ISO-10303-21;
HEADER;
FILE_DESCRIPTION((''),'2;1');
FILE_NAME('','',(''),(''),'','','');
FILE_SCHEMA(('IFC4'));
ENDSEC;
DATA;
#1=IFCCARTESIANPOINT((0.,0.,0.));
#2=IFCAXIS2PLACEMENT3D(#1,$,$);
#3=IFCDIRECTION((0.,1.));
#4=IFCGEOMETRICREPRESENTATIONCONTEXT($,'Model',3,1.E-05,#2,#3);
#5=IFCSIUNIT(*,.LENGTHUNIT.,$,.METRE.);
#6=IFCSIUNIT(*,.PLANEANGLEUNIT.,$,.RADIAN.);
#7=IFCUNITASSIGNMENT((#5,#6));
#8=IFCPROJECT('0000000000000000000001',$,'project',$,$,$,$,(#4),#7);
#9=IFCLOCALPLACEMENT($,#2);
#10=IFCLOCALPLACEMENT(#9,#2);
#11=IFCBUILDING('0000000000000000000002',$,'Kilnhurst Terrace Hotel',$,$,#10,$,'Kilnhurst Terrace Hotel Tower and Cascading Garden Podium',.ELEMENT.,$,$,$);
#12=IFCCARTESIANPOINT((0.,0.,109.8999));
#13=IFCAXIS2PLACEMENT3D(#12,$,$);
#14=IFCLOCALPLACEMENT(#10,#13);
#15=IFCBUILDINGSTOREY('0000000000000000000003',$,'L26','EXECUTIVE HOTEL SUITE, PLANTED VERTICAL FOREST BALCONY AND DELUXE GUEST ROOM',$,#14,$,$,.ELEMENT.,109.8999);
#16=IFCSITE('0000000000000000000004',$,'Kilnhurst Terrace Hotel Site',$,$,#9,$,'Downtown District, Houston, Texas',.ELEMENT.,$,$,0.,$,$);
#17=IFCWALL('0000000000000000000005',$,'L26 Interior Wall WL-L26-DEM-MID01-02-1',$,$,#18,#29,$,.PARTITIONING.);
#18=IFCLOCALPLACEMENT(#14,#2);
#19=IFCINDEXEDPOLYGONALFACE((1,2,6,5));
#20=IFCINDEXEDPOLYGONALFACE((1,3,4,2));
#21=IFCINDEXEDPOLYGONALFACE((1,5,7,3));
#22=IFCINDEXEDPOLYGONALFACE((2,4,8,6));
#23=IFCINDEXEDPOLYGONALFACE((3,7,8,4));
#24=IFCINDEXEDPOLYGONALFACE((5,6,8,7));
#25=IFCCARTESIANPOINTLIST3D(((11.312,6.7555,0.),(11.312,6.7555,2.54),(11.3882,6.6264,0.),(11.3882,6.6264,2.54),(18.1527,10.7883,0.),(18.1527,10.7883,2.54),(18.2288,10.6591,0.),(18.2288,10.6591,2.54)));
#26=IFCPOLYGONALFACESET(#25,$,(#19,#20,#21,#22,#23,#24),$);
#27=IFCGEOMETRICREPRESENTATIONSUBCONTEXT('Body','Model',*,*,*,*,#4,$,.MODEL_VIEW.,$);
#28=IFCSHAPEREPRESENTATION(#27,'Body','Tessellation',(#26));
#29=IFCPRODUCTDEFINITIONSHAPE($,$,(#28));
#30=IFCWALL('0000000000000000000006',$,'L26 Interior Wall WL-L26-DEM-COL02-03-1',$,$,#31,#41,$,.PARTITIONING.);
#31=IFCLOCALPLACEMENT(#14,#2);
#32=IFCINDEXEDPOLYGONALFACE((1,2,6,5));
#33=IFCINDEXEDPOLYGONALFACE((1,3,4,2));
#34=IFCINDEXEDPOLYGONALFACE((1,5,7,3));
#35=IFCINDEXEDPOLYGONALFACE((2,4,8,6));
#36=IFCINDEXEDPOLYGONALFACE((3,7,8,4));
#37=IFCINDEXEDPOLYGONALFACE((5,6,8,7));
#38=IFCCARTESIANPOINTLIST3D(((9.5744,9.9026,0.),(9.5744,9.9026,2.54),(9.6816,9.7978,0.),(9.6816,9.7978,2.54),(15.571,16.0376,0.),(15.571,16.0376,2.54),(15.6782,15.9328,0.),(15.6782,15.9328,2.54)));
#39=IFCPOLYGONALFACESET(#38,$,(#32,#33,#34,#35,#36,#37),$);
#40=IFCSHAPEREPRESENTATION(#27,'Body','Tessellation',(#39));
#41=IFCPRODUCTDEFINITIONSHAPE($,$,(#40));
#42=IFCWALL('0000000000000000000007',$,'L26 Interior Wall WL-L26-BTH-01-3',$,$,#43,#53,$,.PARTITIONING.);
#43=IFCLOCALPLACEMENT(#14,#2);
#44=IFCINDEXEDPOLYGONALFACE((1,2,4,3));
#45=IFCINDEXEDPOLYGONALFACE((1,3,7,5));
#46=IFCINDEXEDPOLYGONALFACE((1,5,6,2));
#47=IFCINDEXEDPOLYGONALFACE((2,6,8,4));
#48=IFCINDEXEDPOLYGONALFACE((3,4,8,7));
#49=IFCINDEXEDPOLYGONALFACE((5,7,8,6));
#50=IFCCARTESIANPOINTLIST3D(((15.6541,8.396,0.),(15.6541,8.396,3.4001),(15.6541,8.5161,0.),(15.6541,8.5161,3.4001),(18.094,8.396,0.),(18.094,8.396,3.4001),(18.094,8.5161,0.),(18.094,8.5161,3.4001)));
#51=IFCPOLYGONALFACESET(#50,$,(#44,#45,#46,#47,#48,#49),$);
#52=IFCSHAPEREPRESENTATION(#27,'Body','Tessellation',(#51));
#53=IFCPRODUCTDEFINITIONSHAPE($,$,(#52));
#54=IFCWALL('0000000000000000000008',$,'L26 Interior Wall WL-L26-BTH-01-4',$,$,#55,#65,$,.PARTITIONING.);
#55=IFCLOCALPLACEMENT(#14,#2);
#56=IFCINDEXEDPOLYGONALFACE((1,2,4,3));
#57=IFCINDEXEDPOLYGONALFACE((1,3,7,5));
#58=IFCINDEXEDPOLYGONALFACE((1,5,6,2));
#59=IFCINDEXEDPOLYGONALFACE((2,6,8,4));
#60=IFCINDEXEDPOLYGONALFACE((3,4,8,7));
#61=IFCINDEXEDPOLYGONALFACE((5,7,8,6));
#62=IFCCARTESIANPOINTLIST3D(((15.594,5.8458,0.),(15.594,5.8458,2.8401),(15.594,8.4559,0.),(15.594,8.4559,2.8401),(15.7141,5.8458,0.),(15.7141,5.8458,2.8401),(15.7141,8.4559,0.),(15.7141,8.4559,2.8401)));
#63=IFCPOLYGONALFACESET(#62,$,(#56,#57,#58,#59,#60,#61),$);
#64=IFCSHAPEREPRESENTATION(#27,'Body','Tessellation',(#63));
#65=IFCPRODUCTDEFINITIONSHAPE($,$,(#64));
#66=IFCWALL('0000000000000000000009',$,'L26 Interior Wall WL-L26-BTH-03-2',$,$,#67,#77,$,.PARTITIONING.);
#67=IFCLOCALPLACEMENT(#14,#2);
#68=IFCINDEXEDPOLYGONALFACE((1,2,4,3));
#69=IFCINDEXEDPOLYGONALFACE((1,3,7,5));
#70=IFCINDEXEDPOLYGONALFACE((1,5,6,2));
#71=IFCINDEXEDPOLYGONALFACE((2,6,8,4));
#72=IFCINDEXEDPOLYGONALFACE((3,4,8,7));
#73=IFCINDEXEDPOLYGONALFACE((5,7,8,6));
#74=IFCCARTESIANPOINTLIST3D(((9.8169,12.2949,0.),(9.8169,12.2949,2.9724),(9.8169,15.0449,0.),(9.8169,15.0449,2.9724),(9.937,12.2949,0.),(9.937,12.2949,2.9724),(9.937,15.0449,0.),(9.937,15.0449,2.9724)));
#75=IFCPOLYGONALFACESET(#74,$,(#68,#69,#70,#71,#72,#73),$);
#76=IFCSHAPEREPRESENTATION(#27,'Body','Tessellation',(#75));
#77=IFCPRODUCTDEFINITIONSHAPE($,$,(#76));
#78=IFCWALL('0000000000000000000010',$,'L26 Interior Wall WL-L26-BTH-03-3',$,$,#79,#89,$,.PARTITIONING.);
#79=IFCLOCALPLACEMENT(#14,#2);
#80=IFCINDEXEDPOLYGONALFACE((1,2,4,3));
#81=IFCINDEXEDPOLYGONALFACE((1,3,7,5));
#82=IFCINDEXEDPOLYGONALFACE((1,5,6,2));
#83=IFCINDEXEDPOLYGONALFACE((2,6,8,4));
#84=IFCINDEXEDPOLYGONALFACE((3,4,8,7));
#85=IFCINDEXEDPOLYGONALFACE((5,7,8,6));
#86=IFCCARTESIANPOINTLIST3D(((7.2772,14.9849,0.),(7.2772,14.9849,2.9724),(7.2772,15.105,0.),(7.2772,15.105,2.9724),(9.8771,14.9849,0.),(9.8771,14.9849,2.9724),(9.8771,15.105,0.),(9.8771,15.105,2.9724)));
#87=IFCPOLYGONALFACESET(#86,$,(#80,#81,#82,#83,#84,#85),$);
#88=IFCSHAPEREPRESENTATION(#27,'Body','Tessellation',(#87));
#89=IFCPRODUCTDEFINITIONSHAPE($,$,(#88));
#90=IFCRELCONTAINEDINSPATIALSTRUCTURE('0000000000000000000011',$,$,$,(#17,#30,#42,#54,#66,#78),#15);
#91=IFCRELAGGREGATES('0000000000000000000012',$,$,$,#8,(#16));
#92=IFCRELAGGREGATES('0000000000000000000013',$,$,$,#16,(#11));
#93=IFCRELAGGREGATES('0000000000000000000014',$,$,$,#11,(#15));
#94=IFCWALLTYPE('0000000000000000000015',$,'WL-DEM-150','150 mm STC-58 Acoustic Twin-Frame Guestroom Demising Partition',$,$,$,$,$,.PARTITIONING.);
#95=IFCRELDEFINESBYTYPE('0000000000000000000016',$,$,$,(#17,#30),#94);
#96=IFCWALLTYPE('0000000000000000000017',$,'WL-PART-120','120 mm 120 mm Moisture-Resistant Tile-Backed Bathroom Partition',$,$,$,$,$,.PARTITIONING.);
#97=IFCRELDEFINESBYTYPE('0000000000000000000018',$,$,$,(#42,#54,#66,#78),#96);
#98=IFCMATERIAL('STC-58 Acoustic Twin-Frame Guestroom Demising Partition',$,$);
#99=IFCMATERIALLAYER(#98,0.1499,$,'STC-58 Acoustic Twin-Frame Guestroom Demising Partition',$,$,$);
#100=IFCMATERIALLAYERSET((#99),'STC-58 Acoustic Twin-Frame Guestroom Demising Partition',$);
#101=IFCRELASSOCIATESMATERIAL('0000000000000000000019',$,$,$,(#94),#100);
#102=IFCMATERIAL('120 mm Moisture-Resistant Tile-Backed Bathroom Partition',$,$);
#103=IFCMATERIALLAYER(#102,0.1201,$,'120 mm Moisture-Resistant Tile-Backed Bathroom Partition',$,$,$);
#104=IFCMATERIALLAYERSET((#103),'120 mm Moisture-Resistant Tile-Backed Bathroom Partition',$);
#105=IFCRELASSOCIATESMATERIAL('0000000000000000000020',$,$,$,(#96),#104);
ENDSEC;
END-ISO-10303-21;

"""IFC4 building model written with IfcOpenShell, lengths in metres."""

from ifc_helpers import new_model, si_unit, direction, frame, frame_2d, origin, place, context, subcontext, project, spatial, rectangle, extrude, material, layer, layer_set, type_object, element, save


model = new_model("IFC4")

# Units and contexts
model_context = context("Model", 3, precision=1e-05, world=origin(), true_north=direction((0.0, 1.0)))
body_context = subcontext(model_context, "Body", "Model", "MODEL_VIEW")
ifc_project = project(units=[si_unit("LENGTHUNIT", "METRE"), si_unit("PLANEANGLEUNIT", "RADIAN")], contexts=[model_context])

# Site, building, storey
site_placement = place(None, origin())
site = spatial("IfcSite", under=ifc_project, at=site_placement, Name="Kilnhurst Terrace Hotel Site", LongName="Downtown District, Houston, Texas", CompositionType="ELEMENT", RefElevation=0.0)
building_placement = place(site_placement, origin())
building = spatial("IfcBuilding", under=site, at=building_placement, Name="Kilnhurst Terrace Hotel", LongName="Kilnhurst Terrace Hotel Tower and Cascading Garden Podium", CompositionType="ELEMENT")
storey_placement = place(building_placement, frame((0.0, 0.0, 109.8999)))
storey = spatial("IfcBuildingStorey", under=building, at=storey_placement, Name="L26", Description="EXECUTIVE HOTEL SUITE, PLANTED VERTICAL FOREST BALCONY AND DELUXE GUEST ROOM", CompositionType="ELEMENT", Elevation=109.8999)

# Walls
ifc_material_1 = material(Name="STC-58 Acoustic Twin-Frame Guestroom Demising Partition")
ifc_layer_1 = layer(ifc_material_1, 0.1499, Name="STC-58 Acoustic Twin-Frame Guestroom Demising Partition")
ifc_layer_set_1 = layer_set([ifc_layer_1], Name="STC-58 Acoustic Twin-Frame Guestroom Demising Partition")
wall_type_1 = type_object("IfcWallType", Name="WL-DEM-150", Description="150 mm STC-58 Acoustic Twin-Frame Guestroom Demising Partition", PredefinedType="PARTITIONING", material=ifc_layer_set_1)
wall_1_placement = place(storey_placement, frame((11.3501, 6.6909, 0.0), z_axis=(0.0, 0.0, 1.0), x_axis=(0.861447, 0.507848, 0.0)))
element("IfcWall", 1, at=wall_1_placement, inside=storey, type_object=wall_type_1, Name="L26 Interior Wall WL-L26-DEM-MID01-02-1", PredefinedType="PARTITIONING", context=body_context, shape_type="SweptSolid", body=[
    extrude(rectangle(XDim=7.9409, YDim=0.1499, at=frame_2d((3.9705, 0.0))), origin(), (0.0, 0.0, 1.0), 2.54),
])
wall_2_placement = place(storey_placement, frame((9.6279, 9.8501, 0.0), z_axis=(0.0, 0.0, 1.0), x_axis=(0.698993, 0.715129, 0.0)))
element("IfcWall", 2, at=wall_2_placement, inside=storey, type_object=wall_type_1, Name="L26 Interior Wall WL-L26-DEM-COL02-03-1", PredefinedType="PARTITIONING", context=body_context, shape_type="SweptSolid", body=[
    extrude(rectangle(XDim=8.5789, YDim=0.1499, at=frame_2d((4.2896, 0.0))), origin(), (0.0, 0.0, 1.0), 2.54),
])
ifc_material_2 = material(Name="120 mm Moisture-Resistant Tile-Backed Bathroom Partition")
ifc_layer_2 = layer(ifc_material_2, 0.1201, Name="120 mm Moisture-Resistant Tile-Backed Bathroom Partition")
ifc_layer_set_2 = layer_set([ifc_layer_2], Name="120 mm Moisture-Resistant Tile-Backed Bathroom Partition")
wall_type_2 = type_object("IfcWallType", Name="WL-PART-120", Description="120 mm 120 mm Moisture-Resistant Tile-Backed Bathroom Partition", PredefinedType="PARTITIONING", material=ifc_layer_set_2)
wall_3_placement = place(storey_placement, frame((18.094, 8.4561, 0.0), z_axis=(0.0, 0.0, 1.0), x_axis=(-1.0, 0.0, 0.0)))
element("IfcWall", 3, at=wall_3_placement, inside=storey, type_object=wall_type_2, Name="L26 Interior Wall WL-L26-BTH-01-3", PredefinedType="PARTITIONING", context=body_context, shape_type="SweptSolid", body=[
    extrude(rectangle(XDim=2.4399, YDim=0.1201, at=frame_2d((1.22, 0.0))), origin(), (0.0, 0.0, 1.0), 3.4001),
])
wall_4_placement = place(storey_placement, frame((15.6541, 8.4561, 0.0), z_axis=(0.0, 0.0, 1.0), x_axis=(0.0, -1.0, 0.0)))
element("IfcWall", 4, at=wall_4_placement, inside=storey, type_object=wall_type_2, Name="L26 Interior Wall WL-L26-BTH-01-4", PredefinedType="PARTITIONING", context=body_context, shape_type="SweptSolid", body=[
    extrude(rectangle(XDim=2.6101, YDim=0.1201, at=frame_2d((1.3052, 0.0))), origin(), (0.0, 0.0, 1.0), 2.8401),
])
wall_5_placement = place(storey_placement, frame((9.877, 12.2949, 0.0), z_axis=(0.0, 0.0, 1.0), x_axis=(0.0, 1.0, 0.0)))
element("IfcWall", 5, at=wall_5_placement, inside=storey, type_object=wall_type_2, Name="L26 Interior Wall WL-L26-BTH-03-2", PredefinedType="PARTITIONING", context=body_context, shape_type="SweptSolid", body=[
    extrude(rectangle(XDim=2.75, YDim=0.1201, at=frame_2d((1.375, 0.0))), origin(), (0.0, 0.0, 1.0), 2.9724),
])
wall_6_placement = place(storey_placement, frame((9.877, 15.0449, 0.0), z_axis=(0.0, 0.0, 1.0), x_axis=(-1.0, 0.0, 0.0)))
element("IfcWall", 6, at=wall_6_placement, inside=storey, type_object=wall_type_2, Name="L26 Interior Wall WL-L26-BTH-03-3", PredefinedType="PARTITIONING", context=body_context, shape_type="SweptSolid", body=[
    extrude(rectangle(XDim=2.5999, YDim=0.1201, at=frame_2d((1.2998, 0.0))), origin(), (0.0, 0.0, 1.0), 2.9724),
])

save(model, "model.ifc")
